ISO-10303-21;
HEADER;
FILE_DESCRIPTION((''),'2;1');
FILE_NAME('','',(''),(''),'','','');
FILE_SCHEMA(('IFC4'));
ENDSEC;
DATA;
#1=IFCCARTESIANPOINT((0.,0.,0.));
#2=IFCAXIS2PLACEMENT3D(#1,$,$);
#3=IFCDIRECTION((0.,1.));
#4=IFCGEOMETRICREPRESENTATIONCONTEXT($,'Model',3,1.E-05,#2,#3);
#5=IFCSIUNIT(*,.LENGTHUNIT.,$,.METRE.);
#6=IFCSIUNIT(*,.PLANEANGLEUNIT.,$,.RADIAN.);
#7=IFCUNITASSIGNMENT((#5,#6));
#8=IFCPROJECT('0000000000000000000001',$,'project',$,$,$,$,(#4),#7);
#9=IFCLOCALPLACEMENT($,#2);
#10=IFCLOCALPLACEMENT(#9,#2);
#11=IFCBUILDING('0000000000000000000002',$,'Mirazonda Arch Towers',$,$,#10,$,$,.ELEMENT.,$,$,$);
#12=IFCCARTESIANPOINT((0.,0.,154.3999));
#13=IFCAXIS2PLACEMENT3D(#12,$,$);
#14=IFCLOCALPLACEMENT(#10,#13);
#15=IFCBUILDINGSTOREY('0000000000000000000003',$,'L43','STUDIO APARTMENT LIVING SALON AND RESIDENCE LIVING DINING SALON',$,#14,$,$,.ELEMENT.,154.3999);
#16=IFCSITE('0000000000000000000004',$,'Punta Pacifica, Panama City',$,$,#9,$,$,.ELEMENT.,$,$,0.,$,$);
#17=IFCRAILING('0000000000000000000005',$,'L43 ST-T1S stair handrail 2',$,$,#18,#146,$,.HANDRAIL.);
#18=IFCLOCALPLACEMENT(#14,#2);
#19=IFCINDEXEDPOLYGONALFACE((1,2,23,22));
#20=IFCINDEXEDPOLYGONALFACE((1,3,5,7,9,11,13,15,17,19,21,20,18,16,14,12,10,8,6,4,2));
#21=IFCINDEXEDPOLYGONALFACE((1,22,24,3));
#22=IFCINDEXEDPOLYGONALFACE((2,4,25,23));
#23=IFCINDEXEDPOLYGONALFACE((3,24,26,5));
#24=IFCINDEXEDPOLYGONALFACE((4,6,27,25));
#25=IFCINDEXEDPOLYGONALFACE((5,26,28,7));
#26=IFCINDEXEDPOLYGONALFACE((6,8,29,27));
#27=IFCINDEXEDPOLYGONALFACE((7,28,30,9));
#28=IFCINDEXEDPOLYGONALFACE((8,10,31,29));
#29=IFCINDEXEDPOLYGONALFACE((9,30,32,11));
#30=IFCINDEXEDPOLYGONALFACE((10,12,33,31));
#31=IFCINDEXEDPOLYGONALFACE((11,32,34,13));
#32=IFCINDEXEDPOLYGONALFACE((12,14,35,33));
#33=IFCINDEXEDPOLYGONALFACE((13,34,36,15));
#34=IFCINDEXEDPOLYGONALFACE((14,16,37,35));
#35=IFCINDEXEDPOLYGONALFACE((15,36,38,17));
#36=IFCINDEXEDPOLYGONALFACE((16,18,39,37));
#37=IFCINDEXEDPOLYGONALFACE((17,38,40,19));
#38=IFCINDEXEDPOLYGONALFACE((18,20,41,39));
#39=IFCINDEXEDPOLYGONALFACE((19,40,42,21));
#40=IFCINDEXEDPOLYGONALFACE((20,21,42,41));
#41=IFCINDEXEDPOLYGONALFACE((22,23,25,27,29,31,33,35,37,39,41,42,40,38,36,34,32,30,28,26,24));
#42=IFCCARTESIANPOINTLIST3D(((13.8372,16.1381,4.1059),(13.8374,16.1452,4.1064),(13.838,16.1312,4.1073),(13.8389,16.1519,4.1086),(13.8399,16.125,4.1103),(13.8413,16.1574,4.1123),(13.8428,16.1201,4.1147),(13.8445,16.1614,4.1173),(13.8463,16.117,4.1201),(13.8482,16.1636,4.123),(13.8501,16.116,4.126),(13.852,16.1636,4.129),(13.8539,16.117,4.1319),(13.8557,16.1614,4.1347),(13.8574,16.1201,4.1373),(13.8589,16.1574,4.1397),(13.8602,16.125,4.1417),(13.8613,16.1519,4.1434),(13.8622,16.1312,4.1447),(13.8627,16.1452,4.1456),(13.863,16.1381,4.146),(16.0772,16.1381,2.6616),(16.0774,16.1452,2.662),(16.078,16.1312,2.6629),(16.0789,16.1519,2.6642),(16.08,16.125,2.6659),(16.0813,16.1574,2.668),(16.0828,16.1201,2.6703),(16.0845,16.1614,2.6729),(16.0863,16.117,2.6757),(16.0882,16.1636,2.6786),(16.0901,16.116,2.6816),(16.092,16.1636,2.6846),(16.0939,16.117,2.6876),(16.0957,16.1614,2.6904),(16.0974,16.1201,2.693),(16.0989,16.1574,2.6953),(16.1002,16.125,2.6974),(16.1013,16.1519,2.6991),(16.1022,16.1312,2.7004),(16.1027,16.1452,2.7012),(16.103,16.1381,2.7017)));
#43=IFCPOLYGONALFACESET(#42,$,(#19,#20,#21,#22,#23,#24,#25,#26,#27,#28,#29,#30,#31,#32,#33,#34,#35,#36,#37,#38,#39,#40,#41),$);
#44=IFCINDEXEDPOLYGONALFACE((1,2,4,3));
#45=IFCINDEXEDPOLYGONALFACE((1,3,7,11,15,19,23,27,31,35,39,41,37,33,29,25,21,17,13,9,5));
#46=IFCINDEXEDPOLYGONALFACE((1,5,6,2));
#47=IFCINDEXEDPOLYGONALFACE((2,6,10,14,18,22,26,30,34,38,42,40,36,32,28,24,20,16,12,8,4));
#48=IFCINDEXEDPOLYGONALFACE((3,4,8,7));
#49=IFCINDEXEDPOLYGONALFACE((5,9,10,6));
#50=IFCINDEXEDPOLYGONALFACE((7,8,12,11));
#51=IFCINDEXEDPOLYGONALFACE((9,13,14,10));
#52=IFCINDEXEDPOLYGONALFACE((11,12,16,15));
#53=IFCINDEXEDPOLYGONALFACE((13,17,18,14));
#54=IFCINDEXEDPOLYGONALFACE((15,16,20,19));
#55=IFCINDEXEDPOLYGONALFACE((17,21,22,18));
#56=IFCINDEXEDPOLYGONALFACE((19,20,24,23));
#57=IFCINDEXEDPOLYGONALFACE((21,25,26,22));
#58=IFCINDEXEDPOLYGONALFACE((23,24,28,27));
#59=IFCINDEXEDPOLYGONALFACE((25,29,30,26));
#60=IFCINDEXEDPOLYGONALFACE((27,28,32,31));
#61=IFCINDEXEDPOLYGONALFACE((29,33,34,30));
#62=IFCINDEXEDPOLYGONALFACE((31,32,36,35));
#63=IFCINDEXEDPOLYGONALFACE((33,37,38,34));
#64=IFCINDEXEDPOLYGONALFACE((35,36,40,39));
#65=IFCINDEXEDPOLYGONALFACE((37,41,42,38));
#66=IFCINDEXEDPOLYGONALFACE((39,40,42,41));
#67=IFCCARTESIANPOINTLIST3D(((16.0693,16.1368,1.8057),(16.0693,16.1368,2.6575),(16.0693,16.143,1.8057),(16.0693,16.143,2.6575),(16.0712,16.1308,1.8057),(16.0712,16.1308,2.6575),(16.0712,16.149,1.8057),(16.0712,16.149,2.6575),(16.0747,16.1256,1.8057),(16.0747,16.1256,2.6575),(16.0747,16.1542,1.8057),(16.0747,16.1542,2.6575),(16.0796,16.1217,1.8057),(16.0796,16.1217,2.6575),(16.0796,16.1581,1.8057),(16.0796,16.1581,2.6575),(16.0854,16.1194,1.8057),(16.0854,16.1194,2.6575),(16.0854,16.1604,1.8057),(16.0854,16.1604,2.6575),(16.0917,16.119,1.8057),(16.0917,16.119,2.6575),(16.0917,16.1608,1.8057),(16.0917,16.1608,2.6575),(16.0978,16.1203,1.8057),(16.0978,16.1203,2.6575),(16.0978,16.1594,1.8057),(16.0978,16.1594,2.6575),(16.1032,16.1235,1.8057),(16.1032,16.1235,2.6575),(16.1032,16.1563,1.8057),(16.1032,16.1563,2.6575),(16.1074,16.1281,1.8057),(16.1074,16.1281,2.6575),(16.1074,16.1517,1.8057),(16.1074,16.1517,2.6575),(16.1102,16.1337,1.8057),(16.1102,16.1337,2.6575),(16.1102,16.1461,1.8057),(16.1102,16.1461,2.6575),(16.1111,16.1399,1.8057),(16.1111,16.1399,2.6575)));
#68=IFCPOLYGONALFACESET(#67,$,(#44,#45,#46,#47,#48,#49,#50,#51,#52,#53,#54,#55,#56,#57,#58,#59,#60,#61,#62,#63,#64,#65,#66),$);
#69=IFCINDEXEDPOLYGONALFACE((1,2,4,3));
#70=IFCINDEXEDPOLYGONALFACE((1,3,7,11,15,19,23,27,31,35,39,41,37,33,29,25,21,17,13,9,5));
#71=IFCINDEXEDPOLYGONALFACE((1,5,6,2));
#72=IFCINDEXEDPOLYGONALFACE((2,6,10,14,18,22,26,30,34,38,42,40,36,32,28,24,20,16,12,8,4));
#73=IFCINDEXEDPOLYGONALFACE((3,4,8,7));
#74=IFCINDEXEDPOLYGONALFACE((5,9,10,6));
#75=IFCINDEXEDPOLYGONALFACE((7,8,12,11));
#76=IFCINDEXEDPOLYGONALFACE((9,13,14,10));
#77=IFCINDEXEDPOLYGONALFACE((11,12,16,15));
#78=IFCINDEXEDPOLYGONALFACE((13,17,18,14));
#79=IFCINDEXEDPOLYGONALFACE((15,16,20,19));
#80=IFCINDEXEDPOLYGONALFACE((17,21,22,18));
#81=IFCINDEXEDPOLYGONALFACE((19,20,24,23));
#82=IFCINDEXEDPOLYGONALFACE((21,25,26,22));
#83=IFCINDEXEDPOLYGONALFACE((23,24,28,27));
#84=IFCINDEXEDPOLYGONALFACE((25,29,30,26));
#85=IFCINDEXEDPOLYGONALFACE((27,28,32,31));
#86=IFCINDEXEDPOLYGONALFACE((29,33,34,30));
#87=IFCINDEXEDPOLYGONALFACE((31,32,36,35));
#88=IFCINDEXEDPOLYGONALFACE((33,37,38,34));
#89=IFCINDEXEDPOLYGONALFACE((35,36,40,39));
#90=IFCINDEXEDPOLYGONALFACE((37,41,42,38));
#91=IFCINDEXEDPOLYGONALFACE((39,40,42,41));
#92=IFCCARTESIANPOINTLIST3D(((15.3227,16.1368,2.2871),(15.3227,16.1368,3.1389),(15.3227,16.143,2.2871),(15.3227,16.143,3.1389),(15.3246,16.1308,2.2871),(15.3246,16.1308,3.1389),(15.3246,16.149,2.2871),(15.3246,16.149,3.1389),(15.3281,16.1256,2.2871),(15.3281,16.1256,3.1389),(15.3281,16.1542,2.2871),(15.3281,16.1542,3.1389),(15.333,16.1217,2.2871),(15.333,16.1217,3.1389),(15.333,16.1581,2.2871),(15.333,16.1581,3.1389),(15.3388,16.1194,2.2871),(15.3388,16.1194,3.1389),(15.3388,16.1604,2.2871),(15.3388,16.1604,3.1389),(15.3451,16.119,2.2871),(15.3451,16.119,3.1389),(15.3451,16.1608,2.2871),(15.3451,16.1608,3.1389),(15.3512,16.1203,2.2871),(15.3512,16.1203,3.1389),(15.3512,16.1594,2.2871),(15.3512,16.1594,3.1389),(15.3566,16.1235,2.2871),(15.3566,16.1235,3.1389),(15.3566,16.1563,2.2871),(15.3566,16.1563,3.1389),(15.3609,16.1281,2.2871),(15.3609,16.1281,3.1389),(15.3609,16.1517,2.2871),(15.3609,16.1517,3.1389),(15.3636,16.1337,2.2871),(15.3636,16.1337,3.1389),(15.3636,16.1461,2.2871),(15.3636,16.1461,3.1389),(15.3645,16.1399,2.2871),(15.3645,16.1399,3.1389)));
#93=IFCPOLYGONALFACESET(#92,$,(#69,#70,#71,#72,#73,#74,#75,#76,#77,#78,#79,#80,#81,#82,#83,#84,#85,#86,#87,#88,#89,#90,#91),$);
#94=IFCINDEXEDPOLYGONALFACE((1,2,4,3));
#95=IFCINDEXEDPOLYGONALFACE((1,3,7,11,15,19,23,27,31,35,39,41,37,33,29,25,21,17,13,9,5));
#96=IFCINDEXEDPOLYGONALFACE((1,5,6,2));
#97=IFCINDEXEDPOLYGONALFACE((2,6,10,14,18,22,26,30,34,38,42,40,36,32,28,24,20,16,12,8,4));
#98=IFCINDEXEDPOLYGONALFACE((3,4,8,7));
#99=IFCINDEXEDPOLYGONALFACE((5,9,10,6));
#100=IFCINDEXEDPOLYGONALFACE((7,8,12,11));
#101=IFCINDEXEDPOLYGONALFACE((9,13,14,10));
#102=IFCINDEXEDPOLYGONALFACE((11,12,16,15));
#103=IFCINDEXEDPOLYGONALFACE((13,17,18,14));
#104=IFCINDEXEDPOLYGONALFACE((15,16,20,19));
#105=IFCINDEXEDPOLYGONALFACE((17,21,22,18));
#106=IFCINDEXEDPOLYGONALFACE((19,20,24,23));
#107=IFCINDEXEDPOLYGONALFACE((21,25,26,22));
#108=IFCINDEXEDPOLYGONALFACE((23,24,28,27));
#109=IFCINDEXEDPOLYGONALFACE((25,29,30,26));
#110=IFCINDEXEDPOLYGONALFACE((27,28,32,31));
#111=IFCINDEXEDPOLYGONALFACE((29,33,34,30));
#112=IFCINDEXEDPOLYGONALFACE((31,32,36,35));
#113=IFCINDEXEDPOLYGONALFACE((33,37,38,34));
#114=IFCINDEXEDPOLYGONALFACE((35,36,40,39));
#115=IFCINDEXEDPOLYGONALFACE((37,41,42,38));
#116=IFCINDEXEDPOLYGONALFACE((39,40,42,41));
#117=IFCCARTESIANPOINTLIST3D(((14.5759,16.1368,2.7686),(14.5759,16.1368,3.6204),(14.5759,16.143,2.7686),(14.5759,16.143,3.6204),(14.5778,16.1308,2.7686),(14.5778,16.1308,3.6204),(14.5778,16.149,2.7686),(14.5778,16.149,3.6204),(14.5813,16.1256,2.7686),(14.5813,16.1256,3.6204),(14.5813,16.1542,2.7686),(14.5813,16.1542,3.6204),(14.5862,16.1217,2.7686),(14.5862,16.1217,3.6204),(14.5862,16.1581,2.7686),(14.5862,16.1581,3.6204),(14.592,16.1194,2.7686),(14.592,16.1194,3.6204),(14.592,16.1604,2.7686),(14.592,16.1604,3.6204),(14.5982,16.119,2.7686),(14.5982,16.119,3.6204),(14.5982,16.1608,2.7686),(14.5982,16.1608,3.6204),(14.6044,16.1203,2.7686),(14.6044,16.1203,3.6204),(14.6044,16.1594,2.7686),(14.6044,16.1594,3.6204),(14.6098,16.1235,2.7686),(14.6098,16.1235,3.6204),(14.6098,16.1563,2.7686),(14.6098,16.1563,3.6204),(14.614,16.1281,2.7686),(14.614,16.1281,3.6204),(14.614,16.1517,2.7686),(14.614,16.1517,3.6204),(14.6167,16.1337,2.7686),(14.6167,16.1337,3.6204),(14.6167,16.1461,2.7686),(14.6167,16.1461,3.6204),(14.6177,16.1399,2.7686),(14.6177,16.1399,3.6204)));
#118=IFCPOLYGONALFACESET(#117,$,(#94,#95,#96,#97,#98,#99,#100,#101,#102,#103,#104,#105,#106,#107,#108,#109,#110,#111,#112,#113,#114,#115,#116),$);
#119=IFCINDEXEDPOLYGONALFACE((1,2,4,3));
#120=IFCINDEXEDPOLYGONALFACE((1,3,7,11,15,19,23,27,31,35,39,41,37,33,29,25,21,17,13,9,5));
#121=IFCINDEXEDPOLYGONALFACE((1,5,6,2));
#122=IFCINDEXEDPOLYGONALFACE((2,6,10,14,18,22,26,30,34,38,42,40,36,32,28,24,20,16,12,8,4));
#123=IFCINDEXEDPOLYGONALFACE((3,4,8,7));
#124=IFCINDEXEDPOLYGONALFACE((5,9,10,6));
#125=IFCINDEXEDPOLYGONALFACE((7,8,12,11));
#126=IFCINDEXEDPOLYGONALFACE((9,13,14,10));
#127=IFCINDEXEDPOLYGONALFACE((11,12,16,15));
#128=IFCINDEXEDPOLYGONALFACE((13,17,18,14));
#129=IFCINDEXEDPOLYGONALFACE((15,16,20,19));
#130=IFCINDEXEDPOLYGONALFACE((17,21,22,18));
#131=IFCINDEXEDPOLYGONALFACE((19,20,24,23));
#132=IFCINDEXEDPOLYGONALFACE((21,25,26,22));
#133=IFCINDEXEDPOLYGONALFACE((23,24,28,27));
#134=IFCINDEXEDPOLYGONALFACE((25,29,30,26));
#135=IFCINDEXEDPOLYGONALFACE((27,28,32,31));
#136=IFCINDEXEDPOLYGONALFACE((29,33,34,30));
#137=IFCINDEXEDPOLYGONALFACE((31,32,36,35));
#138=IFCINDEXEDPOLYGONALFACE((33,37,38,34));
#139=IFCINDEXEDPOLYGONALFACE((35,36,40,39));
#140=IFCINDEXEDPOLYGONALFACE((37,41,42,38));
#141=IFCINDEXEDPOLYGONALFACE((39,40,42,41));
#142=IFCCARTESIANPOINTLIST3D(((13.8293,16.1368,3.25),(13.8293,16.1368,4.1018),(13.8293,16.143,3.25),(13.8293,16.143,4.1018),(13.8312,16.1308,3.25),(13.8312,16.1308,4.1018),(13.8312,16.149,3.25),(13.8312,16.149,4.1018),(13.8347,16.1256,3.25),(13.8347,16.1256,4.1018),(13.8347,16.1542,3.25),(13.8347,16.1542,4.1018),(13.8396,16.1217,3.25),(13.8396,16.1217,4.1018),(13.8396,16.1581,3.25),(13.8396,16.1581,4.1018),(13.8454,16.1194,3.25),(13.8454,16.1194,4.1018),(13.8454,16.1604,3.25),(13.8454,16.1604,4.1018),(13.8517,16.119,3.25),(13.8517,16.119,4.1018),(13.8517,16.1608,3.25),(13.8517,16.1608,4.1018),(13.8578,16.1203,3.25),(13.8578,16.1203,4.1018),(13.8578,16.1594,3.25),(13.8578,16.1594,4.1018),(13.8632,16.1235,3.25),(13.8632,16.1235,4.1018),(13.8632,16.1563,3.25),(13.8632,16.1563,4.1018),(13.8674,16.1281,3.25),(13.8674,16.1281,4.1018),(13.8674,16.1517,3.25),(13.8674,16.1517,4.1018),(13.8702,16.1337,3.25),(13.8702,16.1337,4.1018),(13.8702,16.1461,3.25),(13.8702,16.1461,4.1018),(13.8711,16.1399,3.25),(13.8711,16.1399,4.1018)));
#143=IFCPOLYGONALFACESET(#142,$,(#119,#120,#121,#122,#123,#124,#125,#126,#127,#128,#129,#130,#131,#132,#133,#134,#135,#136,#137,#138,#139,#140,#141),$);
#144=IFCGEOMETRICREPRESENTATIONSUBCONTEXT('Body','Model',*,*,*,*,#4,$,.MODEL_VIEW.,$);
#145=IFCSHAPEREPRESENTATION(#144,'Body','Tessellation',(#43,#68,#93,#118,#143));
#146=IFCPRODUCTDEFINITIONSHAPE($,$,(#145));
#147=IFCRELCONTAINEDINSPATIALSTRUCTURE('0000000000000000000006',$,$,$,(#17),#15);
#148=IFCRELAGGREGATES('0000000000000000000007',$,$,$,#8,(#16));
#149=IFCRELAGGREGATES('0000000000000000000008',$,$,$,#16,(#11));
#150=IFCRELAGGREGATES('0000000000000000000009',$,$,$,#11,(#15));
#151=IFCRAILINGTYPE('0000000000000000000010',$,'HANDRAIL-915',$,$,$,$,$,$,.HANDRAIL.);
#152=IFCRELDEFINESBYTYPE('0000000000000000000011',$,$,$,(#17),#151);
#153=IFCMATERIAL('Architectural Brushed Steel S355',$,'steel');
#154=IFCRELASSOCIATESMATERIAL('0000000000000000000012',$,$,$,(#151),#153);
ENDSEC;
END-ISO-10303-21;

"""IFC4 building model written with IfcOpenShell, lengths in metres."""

from ifc_helpers import new_model, si_unit, direction, frame, origin, origin_2d, place, context, subcontext, project, spatial, circle, extrude, material, type_object, element, save


model = new_model("IFC4")

# Units and contexts
model_context = context("Model", 3, precision=1e-05, world=origin(), true_north=direction((0.0, 1.0)))
body_context = subcontext(model_context, "Body", "Model", "MODEL_VIEW")
ifc_project = project(units=[si_unit("LENGTHUNIT", "METRE"), si_unit("PLANEANGLEUNIT", "RADIAN")], contexts=[model_context])

# Site, building, storey
site_placement = place(None, origin())
site = spatial("IfcSite", under=ifc_project, at=site_placement, Name="Punta Pacifica, Panama City", CompositionType="ELEMENT", RefElevation=0.0)
building_placement = place(site_placement, origin())
building = spatial("IfcBuilding", under=site, at=building_placement, Name="Mirazonda Arch Towers", CompositionType="ELEMENT")
storey_placement = place(building_placement, frame((0.0, 0.0, 154.3999)))
storey = spatial("IfcBuildingStorey", under=building, at=storey_placement, Name="L43", Description="STUDIO APARTMENT LIVING SALON AND RESIDENCE LIVING DINING SALON", CompositionType="ELEMENT", Elevation=154.3999)

# Shared definitions
ifc_material_1 = material(Name="Architectural Brushed Steel S355", Category="steel")

# Railing
railing_type_1 = type_object("IfcRailingType", Name="HANDRAIL-915", PredefinedType="HANDRAIL", material=ifc_material_1)
railing_1_placement = place(storey_placement, frame((16.0901, 16.1399, 1.8057)))
element("IfcRailing", 1, at=railing_1_placement, inside=storey, type_object=railing_type_1, Name="L43 ST-T1S stair handrail 2", PredefinedType="HANDRAIL", context=body_context, shape_type="SweptSolid", body=[
    extrude(circle(Radius=0.0239, at=origin_2d()), frame((0.0, 0.0, 0.876), z_axis=(-0.840437, 0.0, 0.54191), x_axis=(0.0, -1.0, 0.0)), (0.0, 0.0, 1.0), 2.6653),
    extrude(circle(Radius=0.021, at=origin_2d()), origin(), (0.0, 0.0, 1.0), 0.8518),
    extrude(circle(Radius=0.021, at=origin_2d()), frame((-0.7466, 0.0, 0.4814)), (0.0, 0.0, 1.0), 0.8518),
    extrude(circle(Radius=0.021, at=origin_2d()), frame((-1.4934, 0.0, 0.9629)), (0.0, 0.0, 1.0), 0.8518),
    extrude(circle(Radius=0.021, at=origin_2d()), frame((-2.24, 0.0, 1.4443)), (0.0, 0.0, 1.0), 0.8518),
])

save(model, "model.ifc")
